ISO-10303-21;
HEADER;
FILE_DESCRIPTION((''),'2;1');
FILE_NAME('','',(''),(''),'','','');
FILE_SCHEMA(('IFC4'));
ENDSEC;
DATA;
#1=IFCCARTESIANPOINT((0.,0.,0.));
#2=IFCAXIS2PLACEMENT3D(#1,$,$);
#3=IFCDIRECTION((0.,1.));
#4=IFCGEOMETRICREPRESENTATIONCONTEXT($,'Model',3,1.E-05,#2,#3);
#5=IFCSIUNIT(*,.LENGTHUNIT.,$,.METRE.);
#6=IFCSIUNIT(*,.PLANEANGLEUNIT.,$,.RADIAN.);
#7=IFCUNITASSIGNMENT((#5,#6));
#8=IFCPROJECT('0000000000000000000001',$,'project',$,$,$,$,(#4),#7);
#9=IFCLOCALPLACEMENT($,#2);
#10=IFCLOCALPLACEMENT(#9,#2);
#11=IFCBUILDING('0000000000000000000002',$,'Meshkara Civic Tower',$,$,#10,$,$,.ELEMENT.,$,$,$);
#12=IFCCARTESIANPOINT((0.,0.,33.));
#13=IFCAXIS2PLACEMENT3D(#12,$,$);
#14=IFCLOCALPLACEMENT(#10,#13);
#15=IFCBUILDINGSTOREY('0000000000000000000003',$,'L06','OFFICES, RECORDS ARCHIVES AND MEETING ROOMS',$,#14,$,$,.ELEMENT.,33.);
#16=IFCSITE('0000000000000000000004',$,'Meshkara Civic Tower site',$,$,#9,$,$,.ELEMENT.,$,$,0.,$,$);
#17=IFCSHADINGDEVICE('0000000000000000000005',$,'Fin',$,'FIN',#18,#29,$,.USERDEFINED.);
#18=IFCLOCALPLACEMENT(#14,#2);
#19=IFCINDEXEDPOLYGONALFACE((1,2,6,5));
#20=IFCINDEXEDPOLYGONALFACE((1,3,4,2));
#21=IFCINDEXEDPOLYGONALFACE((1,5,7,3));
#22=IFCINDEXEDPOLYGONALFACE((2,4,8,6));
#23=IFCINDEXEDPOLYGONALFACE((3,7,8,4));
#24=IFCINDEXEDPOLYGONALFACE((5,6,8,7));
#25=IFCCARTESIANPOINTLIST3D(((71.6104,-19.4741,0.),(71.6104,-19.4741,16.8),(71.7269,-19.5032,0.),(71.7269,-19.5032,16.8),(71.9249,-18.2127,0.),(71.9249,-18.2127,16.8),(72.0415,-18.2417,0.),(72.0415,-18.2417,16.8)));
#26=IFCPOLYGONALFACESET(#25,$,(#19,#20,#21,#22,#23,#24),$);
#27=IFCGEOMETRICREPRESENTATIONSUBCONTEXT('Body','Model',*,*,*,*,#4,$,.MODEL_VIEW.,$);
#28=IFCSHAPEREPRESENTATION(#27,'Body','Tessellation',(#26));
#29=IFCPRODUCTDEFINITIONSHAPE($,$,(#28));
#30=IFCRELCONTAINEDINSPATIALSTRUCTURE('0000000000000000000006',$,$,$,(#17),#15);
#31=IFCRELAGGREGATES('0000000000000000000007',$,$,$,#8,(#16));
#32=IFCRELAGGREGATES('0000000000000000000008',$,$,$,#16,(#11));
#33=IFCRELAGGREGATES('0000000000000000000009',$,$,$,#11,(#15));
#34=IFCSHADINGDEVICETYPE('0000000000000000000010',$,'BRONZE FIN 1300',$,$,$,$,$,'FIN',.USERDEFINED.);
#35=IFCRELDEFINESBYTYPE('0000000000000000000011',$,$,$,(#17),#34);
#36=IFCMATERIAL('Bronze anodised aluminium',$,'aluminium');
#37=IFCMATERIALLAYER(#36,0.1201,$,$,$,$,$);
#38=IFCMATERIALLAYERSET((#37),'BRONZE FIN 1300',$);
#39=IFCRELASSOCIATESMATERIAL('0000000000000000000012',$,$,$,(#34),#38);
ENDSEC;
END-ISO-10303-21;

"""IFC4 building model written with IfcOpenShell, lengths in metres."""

from ifc_helpers import new_model, si_unit, direction, frame, origin, origin_2d, place, context, subcontext, project, spatial, rectangle, extrude, material, layer, layer_set, type_object, element, save


model = new_model("IFC4")

# Units and contexts
model_context = context("Model", 3, precision=1e-05, world=origin(), true_north=direction((0.0, 1.0)))
body_context = subcontext(model_context, "Body", "Model", "MODEL_VIEW")
ifc_project = project(units=[si_unit("LENGTHUNIT", "METRE"), si_unit("PLANEANGLEUNIT", "RADIAN")], contexts=[model_context])

# Site, building, storey
site_placement = place(None, origin())
site = spatial("IfcSite", under=ifc_project, at=site_placement, Name="Meshkara Civic Tower site", CompositionType="ELEMENT", RefElevation=0.0)
building_placement = place(site_placement, origin())
building = spatial("IfcBuilding", under=site, at=building_placement, Name="Meshkara Civic Tower", CompositionType="ELEMENT")
storey_placement = place(building_placement, frame((0.0, 0.0, 33.0)))
storey = spatial("IfcBuildingStorey", under=building, at=storey_placement, Name="L06", Description="OFFICES, RECORDS ARCHIVES AND MEETING ROOMS", CompositionType="ELEMENT", Elevation=33.0)

# Shading device
ifc_material_1 = material(Name="Bronze anodised aluminium", Category="aluminium")
ifc_layer_1 = layer(ifc_material_1, 0.1201)
ifc_layer_set_1 = layer_set([ifc_layer_1], Name="BRONZE FIN 1300")
shading_device_type = type_object("IfcShadingDeviceType", Name="BRONZE FIN 1300", ElementType="FIN", PredefinedType="USERDEFINED", material=ifc_layer_set_1)
for number, where, z_axis, x_axis, name in (
    (1, (71.8259, -18.8579, 0.0), (0.0, 0.0, 1.0), (0.970296, -0.241922, 0.0), "Fin"),
):
    element("IfcShadingDevice", number, at=place(storey_placement, frame(where, z_axis=z_axis, x_axis=x_axis)), inside=storey, type_object=shading_device_type, Name=name, ObjectType="FIN", PredefinedType="USERDEFINED", context=body_context, shape_type="SweptSolid", body=[
        extrude(rectangle(XDim=0.1201, YDim=1.3, at=origin_2d()), origin(), (0.0, 0.0, 1.0), 16.8),
    ])

save(model, "model.ifc")
